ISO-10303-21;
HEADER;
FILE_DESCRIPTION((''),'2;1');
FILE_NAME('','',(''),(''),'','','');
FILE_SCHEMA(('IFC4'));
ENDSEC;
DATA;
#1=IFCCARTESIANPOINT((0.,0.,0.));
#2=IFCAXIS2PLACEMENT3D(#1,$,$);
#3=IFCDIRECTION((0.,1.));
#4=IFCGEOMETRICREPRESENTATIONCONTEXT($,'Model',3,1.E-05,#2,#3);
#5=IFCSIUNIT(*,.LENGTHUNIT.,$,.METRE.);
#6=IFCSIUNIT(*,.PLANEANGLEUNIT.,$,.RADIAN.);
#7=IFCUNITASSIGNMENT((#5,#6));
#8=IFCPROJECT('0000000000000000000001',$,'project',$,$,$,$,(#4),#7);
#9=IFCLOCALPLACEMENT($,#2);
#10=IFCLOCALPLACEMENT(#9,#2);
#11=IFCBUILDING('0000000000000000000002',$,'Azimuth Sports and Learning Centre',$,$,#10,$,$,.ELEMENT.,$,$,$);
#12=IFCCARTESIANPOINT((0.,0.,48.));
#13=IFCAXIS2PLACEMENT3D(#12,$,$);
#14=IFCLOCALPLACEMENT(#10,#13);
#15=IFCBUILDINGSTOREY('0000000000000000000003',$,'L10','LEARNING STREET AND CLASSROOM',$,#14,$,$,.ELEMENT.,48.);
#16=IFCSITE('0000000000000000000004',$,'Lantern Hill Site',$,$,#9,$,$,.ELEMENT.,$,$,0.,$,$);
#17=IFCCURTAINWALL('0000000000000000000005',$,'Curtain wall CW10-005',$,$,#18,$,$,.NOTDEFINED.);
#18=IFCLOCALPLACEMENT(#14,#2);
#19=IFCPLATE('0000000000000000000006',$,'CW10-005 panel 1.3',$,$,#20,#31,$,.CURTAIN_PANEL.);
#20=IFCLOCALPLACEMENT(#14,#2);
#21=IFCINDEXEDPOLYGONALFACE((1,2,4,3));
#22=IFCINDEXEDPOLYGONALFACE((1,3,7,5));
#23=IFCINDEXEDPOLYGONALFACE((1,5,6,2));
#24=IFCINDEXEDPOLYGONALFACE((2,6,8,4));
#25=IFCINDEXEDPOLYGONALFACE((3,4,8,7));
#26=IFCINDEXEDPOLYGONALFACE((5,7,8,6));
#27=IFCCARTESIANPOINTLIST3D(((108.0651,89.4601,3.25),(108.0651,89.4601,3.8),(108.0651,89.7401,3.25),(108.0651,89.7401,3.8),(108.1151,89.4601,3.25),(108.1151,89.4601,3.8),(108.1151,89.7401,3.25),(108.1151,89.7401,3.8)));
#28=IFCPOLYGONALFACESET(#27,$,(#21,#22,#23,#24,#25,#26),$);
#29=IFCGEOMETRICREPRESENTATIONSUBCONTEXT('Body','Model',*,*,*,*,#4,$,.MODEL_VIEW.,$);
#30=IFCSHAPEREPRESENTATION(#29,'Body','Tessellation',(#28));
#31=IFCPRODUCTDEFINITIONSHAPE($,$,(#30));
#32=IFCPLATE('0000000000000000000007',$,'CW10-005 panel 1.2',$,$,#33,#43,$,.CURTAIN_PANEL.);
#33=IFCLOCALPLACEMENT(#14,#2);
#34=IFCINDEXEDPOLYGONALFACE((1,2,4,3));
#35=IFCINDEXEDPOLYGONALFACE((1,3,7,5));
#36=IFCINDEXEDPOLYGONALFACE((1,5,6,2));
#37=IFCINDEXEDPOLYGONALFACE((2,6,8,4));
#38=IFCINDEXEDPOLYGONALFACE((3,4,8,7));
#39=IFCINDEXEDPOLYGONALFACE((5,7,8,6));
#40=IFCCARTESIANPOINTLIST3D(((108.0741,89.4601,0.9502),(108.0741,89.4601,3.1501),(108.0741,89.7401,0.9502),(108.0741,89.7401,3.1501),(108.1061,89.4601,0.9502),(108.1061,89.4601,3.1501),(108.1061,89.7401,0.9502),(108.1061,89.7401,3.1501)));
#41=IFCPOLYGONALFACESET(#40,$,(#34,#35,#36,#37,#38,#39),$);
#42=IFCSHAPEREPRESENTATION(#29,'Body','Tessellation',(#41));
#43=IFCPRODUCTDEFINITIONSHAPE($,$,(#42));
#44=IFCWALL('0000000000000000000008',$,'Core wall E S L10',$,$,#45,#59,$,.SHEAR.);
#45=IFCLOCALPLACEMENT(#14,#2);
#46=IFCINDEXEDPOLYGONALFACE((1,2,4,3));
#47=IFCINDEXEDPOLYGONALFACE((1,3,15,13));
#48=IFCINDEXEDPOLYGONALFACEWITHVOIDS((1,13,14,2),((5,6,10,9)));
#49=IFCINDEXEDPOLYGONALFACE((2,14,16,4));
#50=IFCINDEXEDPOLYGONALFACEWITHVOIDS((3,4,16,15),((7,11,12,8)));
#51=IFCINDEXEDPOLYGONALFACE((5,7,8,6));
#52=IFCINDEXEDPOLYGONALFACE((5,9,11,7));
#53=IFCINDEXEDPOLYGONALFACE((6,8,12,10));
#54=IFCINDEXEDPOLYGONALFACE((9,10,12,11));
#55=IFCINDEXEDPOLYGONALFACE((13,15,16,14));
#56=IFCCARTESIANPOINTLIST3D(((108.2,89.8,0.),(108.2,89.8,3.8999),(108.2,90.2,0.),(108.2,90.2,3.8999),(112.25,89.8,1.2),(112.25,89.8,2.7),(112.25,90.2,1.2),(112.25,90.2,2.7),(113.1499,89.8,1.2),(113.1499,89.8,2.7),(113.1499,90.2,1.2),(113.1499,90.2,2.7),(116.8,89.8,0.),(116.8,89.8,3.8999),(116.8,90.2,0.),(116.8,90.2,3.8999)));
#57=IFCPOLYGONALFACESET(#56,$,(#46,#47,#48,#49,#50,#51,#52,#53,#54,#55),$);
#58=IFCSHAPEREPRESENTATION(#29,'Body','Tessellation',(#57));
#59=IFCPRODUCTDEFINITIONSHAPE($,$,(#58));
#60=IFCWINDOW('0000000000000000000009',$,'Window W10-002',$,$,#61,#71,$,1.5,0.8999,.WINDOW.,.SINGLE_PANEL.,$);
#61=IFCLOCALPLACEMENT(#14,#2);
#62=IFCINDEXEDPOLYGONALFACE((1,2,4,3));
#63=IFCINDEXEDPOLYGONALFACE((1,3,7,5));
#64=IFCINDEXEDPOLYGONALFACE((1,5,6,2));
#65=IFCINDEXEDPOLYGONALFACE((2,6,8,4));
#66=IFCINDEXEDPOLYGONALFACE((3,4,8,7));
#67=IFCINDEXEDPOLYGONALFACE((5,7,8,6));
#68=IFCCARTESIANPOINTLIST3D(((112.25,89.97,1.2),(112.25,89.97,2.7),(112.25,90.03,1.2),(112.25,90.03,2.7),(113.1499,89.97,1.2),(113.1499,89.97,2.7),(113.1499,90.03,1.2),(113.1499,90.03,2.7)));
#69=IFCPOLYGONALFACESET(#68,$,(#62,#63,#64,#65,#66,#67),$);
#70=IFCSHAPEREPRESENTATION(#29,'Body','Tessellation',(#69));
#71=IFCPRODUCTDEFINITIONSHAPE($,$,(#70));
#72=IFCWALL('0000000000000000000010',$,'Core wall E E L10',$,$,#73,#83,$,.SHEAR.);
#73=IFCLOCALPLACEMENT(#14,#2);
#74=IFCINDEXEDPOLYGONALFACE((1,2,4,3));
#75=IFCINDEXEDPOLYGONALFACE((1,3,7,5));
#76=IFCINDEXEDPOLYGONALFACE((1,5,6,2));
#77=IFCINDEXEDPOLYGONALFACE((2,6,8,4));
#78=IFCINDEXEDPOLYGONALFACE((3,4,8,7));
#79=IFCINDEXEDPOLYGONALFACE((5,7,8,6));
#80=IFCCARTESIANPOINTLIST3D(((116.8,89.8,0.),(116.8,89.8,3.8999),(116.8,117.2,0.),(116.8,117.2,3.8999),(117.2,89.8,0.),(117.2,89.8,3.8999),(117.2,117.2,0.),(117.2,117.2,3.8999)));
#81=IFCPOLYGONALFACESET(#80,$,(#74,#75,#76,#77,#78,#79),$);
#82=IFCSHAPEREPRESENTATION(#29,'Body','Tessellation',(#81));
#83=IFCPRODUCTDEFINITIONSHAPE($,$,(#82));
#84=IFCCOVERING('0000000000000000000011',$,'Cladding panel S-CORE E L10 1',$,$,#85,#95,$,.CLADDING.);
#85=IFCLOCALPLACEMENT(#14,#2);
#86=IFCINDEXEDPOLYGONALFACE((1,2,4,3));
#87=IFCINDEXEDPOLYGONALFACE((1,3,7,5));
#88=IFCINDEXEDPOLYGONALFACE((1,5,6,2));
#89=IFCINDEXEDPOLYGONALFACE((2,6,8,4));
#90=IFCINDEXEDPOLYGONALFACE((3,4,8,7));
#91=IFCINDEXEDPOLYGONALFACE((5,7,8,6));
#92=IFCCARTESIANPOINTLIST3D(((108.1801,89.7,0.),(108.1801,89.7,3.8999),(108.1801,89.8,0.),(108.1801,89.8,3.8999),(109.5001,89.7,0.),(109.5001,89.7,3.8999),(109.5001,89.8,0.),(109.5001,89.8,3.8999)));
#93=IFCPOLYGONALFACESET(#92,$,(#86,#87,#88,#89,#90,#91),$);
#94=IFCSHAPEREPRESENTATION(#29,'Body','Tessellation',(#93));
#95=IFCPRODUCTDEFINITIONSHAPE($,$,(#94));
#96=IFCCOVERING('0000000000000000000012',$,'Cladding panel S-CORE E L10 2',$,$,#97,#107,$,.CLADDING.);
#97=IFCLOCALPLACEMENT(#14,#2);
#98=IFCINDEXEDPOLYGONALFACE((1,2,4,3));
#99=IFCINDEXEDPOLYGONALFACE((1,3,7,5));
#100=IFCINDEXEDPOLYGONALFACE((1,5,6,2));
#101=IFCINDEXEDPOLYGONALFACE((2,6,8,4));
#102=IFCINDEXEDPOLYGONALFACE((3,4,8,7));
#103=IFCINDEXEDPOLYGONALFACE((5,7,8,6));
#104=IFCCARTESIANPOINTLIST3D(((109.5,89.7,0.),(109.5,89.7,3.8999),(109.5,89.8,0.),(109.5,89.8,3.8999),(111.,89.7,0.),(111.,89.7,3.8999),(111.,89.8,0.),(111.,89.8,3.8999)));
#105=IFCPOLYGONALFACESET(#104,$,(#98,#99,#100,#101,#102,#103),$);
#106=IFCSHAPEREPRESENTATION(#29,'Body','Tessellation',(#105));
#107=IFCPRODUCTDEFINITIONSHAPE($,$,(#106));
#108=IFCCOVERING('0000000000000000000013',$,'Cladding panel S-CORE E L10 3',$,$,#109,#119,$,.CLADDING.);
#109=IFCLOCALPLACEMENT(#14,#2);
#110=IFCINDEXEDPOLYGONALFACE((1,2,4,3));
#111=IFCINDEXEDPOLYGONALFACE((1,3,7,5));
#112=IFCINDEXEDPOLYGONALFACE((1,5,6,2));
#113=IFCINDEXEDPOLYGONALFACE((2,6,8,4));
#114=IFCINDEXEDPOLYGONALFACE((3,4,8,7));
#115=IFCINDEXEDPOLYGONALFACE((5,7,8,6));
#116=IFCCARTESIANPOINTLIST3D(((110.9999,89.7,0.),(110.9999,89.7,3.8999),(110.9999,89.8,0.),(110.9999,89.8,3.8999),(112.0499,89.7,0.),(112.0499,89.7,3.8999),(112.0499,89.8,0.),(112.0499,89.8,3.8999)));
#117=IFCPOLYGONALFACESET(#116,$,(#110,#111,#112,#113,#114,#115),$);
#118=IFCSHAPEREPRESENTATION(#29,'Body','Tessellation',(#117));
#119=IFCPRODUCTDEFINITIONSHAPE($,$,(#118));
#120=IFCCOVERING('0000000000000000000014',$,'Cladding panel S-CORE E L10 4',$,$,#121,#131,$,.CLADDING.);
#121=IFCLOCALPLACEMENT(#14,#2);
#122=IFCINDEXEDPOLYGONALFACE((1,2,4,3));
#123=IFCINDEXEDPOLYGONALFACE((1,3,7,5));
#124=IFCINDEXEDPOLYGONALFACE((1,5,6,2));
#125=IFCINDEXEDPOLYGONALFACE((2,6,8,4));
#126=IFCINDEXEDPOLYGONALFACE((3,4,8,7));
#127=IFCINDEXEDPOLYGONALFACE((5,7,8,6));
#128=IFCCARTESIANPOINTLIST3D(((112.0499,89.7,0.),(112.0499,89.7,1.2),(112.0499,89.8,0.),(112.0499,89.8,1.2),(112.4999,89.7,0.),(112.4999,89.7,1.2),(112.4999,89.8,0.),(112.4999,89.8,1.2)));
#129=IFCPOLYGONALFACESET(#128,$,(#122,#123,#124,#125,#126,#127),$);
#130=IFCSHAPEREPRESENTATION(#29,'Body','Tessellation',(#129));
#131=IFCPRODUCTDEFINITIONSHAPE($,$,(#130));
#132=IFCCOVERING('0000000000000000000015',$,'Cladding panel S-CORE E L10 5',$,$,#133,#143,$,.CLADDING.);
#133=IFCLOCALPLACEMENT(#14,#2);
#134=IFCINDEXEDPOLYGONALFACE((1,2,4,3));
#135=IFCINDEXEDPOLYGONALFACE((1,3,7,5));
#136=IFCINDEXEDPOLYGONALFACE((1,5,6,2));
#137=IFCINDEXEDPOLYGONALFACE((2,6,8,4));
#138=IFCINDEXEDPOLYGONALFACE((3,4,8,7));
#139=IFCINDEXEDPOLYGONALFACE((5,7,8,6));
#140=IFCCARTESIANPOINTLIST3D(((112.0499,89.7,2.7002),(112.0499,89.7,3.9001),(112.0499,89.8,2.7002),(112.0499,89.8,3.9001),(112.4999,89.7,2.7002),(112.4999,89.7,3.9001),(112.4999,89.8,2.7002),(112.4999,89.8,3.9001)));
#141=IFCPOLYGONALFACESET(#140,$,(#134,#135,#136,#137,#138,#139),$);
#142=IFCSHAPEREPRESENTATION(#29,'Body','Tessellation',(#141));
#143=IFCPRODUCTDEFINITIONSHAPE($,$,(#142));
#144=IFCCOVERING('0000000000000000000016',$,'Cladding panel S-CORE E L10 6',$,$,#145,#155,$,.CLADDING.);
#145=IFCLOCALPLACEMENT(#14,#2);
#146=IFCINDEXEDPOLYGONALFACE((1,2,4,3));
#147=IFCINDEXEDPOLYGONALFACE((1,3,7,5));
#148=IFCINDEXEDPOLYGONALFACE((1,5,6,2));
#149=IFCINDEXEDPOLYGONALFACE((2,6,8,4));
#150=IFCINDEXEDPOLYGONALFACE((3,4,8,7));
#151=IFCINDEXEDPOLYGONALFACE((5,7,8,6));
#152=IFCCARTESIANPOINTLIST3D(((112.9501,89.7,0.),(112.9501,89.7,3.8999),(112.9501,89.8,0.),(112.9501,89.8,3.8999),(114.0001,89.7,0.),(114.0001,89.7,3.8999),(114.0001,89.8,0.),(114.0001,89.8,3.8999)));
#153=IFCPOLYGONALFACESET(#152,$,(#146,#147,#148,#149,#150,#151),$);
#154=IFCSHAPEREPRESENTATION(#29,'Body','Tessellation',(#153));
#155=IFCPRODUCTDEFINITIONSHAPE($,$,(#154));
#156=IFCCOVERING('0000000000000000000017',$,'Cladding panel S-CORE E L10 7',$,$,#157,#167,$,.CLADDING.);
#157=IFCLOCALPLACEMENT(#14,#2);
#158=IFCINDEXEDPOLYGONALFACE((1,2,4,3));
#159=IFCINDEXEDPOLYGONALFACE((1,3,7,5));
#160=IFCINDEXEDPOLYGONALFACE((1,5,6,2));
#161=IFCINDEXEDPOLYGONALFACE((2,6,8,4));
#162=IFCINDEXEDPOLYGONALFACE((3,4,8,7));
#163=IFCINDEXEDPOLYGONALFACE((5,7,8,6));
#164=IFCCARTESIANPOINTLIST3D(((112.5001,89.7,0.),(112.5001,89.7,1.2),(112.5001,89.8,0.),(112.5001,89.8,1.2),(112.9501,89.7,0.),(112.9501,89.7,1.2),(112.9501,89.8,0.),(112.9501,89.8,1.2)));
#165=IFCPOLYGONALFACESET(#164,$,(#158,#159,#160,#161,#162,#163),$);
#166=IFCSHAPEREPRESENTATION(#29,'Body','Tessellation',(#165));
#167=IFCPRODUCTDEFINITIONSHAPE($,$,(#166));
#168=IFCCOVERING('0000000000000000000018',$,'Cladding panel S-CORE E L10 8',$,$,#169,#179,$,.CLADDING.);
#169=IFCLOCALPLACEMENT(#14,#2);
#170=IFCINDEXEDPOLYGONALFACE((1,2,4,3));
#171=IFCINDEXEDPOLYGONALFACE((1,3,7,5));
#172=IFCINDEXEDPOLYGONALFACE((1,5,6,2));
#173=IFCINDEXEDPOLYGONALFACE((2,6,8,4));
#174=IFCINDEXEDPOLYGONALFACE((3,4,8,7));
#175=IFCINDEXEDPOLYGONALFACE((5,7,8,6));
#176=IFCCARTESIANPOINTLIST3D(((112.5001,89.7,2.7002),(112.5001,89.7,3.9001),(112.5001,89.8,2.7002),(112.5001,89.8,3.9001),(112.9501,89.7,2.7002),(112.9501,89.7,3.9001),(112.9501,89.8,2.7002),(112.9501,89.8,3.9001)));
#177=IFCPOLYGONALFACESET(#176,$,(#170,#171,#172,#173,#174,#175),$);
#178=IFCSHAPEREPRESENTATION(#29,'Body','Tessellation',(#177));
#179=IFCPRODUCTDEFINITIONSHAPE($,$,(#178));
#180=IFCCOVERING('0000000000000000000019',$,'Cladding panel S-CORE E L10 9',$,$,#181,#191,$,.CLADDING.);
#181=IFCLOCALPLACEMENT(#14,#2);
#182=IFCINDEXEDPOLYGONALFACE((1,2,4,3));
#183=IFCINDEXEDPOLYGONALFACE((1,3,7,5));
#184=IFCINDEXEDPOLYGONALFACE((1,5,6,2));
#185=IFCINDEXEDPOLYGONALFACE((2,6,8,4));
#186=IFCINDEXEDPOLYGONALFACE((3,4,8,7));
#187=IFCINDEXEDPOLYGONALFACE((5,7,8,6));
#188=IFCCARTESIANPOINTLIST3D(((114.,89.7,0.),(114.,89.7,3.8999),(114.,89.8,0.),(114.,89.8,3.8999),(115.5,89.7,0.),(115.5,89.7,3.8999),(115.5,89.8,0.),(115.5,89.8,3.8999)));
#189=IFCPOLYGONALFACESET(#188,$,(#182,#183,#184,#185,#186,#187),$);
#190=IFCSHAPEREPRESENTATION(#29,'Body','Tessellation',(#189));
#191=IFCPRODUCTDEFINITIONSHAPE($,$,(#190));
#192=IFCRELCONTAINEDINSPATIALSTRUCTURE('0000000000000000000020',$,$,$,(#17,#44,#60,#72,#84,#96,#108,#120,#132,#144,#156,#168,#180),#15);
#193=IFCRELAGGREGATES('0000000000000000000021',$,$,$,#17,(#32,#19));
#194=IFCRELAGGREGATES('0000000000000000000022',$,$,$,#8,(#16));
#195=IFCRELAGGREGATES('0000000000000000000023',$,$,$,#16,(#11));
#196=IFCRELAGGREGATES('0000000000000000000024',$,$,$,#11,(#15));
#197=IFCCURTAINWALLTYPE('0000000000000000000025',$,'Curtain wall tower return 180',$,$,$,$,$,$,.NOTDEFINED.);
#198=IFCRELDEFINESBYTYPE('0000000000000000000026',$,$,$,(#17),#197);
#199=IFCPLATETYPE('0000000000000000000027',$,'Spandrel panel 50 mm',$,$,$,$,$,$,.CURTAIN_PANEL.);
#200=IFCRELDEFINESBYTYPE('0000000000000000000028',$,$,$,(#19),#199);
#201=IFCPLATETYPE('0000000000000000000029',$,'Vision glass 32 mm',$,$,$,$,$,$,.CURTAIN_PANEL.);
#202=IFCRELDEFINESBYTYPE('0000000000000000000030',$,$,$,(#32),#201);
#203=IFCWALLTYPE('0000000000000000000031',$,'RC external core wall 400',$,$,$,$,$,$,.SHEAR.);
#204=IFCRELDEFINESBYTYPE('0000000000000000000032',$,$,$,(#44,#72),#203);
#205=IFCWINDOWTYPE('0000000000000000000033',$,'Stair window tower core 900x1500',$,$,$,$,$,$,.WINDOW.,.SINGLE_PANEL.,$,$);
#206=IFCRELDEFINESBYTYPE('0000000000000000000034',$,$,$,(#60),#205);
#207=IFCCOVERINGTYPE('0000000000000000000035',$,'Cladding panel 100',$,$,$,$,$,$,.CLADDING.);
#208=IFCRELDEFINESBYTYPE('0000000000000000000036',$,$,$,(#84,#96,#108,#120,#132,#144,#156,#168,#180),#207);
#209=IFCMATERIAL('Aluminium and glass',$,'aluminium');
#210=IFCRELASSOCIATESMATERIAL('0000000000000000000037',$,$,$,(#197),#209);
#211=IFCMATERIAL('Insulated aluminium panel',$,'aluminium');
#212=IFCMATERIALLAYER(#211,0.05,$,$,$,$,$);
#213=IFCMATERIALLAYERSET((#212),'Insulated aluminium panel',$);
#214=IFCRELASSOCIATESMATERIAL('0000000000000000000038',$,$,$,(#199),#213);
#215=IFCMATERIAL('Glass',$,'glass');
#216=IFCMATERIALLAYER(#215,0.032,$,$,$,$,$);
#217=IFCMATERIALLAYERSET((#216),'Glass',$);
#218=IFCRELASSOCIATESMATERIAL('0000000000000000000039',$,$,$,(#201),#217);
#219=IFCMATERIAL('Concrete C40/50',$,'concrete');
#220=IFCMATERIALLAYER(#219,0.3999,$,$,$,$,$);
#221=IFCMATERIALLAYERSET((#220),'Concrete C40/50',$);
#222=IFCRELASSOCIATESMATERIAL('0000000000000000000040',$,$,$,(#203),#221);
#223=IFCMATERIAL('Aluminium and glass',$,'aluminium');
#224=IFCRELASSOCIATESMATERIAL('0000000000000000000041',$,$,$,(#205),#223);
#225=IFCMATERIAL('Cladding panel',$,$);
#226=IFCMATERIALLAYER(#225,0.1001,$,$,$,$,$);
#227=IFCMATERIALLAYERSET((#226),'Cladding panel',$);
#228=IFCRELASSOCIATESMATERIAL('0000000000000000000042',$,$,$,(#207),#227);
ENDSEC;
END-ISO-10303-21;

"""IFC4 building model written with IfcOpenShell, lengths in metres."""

from ifc_helpers import new_model, si_unit, direction, frame, frame_2d, origin, origin_2d, place, context, subcontext, project, spatial, rectangle, extrude, material, layer, layer_set, type_object, element, fill, aggregate, save


model = new_model("IFC4")

# Units and contexts
model_context = context("Model", 3, precision=1e-05, world=origin(), true_north=direction((0.0, 1.0)))
body_context = subcontext(model_context, "Body", "Model", "MODEL_VIEW")
ifc_project = project(units=[si_unit("LENGTHUNIT", "METRE"), si_unit("PLANEANGLEUNIT", "RADIAN")], contexts=[model_context])

# Site, building, storey
site_placement = place(None, origin())
site = spatial("IfcSite", under=ifc_project, at=site_placement, Name="Lantern Hill Site", CompositionType="ELEMENT", RefElevation=0.0)
building_placement = place(site_placement, origin())
building = spatial("IfcBuilding", under=site, at=building_placement, Name="Azimuth Sports and Learning Centre", CompositionType="ELEMENT")
storey_placement = place(building_placement, frame((0.0, 0.0, 48.0)))
storey = spatial("IfcBuildingStorey", under=building, at=storey_placement, Name="L10", Description="LEARNING STREET AND CLASSROOM", CompositionType="ELEMENT", Elevation=48.0)

# Curtain wall, plates
ifc_material_1 = material(Name="Aluminium and glass", Category="aluminium")
curtain_wall_type = type_object("IfcCurtainWallType", Name="Curtain wall tower return 180", PredefinedType="NOTDEFINED", material=ifc_material_1)
curtain_wall_placement = place(storey_placement, origin())
curtain_wall = element("IfcCurtainWall", 1, at=curtain_wall_placement, inside=storey, type_object=curtain_wall_type, Name="Curtain wall CW10-005", PredefinedType="NOTDEFINED")
ifc_material_2 = material(Name="Insulated aluminium panel", Category="aluminium")
ifc_layer_1 = layer(ifc_material_2, 0.05)
ifc_layer_set_1 = layer_set([ifc_layer_1], Name="Insulated aluminium panel")
plate_type_1 = type_object("IfcPlateType", Name="Spandrel panel 50 mm", PredefinedType="CURTAIN_PANEL", material=ifc_layer_set_1)
plate_1_placement = place(storey_placement, frame((108.0901, 89.6001, 3.25), z_axis=(0.0, 0.0, 1.0), x_axis=(0.0, 1.0, 0.0)))
plate_1 = element("IfcPlate", 2, at=plate_1_placement, type_object=plate_type_1, Name="CW10-005 panel 1.3", PredefinedType="CURTAIN_PANEL", context=body_context, shape_type="SweptSolid", body=[
    extrude(rectangle(XDim=0.28, YDim=0.05, at=origin_2d()), origin(), (0.0, 0.0, 1.0), 0.55),
])
ifc_material_3 = material(Name="Glass", Category="glass")
ifc_layer_2 = layer(ifc_material_3, 0.032)
ifc_layer_set_2 = layer_set([ifc_layer_2], Name="Glass")
plate_type_2 = type_object("IfcPlateType", Name="Vision glass 32 mm", PredefinedType="CURTAIN_PANEL", material=ifc_layer_set_2)
plate_2_placement = place(storey_placement, frame((108.0901, 89.6001, 0.9502), z_axis=(0.0, 0.0, 1.0), x_axis=(0.0, 1.0, 0.0)))
plate_2 = element("IfcPlate", 3, at=plate_2_placement, type_object=plate_type_2, Name="CW10-005 panel 1.2", PredefinedType="CURTAIN_PANEL", context=body_context, shape_type="SweptSolid", body=[
    extrude(rectangle(XDim=0.28, YDim=0.032, at=origin_2d()), origin(), (0.0, 0.0, 1.0), 2.2),
])
aggregate(curtain_wall, [plate_2, plate_1])

# Wall, opening, window
ifc_material_4 = material(Name="Concrete C40/50", Category="concrete")
ifc_layer_3 = layer(ifc_material_4, 0.3999)
ifc_layer_set_3 = layer_set([ifc_layer_3], Name="Concrete C40/50")
wall_type = type_object("IfcWallType", Name="RC external core wall 400", PredefinedType="SHEAR", material=ifc_layer_set_3)
wall_1_placement = place(storey_placement, frame((108.2, 90.0, 0.0), z_axis=(0.0, 0.0, 1.0), x_axis=(1.0, 0.0, 0.0)))
wall_1 = element("IfcWall", 4, at=wall_1_placement, inside=storey, type_object=wall_type, Name="Core wall E S L10", PredefinedType="SHEAR", context=body_context, shape_type="SweptSolid", body=[
    extrude(rectangle(XDim=8.6001, YDim=0.3999, at=frame_2d((4.3, 0.0))), origin(), (0.0, 0.0, 1.0), 3.8999),
])
opening_placement = place(wall_1_placement, frame((4.05, 0.0, 1.2)))
opening = element("IfcOpeningElement", 5, at=opening_placement, cuts=wall_1, PredefinedType="OPENING", context=body_context, shape_type="SweptSolid", body=[
    extrude(rectangle(XDim=0.8999, YDim=1.5, at=frame_2d((0.45, 0.75))), frame((0.0, 0.2109, 0.0), z_axis=(0.0, -1.0, 0.0), x_axis=(1.0, 0.0, 0.0)), (0.0, 0.0, 1.0), 0.4219),
])
ifc_material_5 = material(Name="Aluminium and glass", Category="aluminium")
window_type = type_object("IfcWindowType", Name="Stair window tower core 900x1500", PartitioningType="SINGLE_PANEL", PredefinedType="WINDOW", material=ifc_material_5)
window_placement = place(opening_placement, origin())
window = element("IfcWindow", 6, at=window_placement, inside=storey, type_object=window_type, Name="Window W10-002", OverallHeight=1.5, OverallWidth=0.8999, PartitioningType="SINGLE_PANEL", PredefinedType="WINDOW", context=body_context, shape_type="SweptSolid", body=[
    extrude(rectangle(XDim=0.8999, YDim=1.5, at=frame_2d((0.45, 0.75))), frame((0.0, 0.03, 0.0), z_axis=(0.0, -1.0, 0.0), x_axis=(1.0, 0.0, 0.0)), (0.0, 0.0, 1.0), 0.0601),
])
fill(opening, window)

# Wall
wall_2_placement = place(storey_placement, frame((117.0, 89.8, 0.0), z_axis=(0.0, 0.0, 1.0), x_axis=(0.0, 1.0, 0.0)))
element("IfcWall", 7, at=wall_2_placement, inside=storey, type_object=wall_type, Name="Core wall E E L10", PredefinedType="SHEAR", context=body_context, shape_type="SweptSolid", body=[
    extrude(rectangle(XDim=27.3999, YDim=0.3999, at=frame_2d((13.7, 0.0))), origin(), (0.0, 0.0, 1.0), 3.8999),
])

# Coverings
ifc_material_6 = material(Name="Cladding panel")
ifc_layer_4 = layer(ifc_material_6, 0.1001)
ifc_layer_set_4 = layer_set([ifc_layer_4], Name="Cladding panel")
covering_type = type_object("IfcCoveringType", Name="Cladding panel 100", PredefinedType="CLADDING", material=ifc_layer_set_4)
covering_1_placement = place(storey_placement, frame((108.8401, 89.75, 0.0), z_axis=(0.0, 0.0, 1.0), x_axis=(1.0, 0.0, 0.0)))
element("IfcCovering", 8, at=covering_1_placement, inside=storey, type_object=covering_type, Name="Cladding panel S-CORE E L10 1", PredefinedType="CLADDING", context=body_context, shape_type="SweptSolid", body=[
    extrude(rectangle(XDim=1.3201, YDim=0.1001, at=origin_2d()), origin(), (0.0, 0.0, 1.0), 3.8999),
])
covering_2_placement = place(storey_placement, frame((110.25, 89.75, 0.0), z_axis=(0.0, 0.0, 1.0), x_axis=(1.0, 0.0, 0.0)))
element("IfcCovering", 9, at=covering_2_placement, inside=storey, type_object=covering_type, Name="Cladding panel S-CORE E L10 2", PredefinedType="CLADDING", context=body_context, shape_type="SweptSolid", body=[
    extrude(rectangle(XDim=1.5, YDim=0.1001, at=origin_2d()), origin(), (0.0, 0.0, 1.0), 3.8999),
])
covering_3_placement = place(storey_placement, frame((111.5249, 89.75, 0.0), z_axis=(0.0, 0.0, 1.0), x_axis=(1.0, 0.0, 0.0)))
element("IfcCovering", 10, at=covering_3_placement, inside=storey, type_object=covering_type, Name="Cladding panel S-CORE E L10 3", PredefinedType="CLADDING", context=body_context, shape_type="SweptSolid", body=[
    extrude(rectangle(XDim=1.05, YDim=0.1001, at=origin_2d()), origin(), (0.0, 0.0, 1.0), 3.8999),
])
for number, where, z_axis, x_axis, name in (
    (11, (112.2749, 89.75, 0.0), (0.0, 0.0, 1.0), (1.0, 0.0, 0.0), "Cladding panel S-CORE E L10 4"),
    (12, (112.2749, 89.75, 2.7002), (0.0, 0.0, 1.0), (1.0, 0.0, 0.0), "Cladding panel S-CORE E L10 5"),
):
    element("IfcCovering", number, at=place(storey_placement, frame(where, z_axis=z_axis, x_axis=x_axis)), inside=storey, type_object=covering_type, Name=name, PredefinedType="CLADDING", context=body_context, shape_type="SweptSolid", body=[
        extrude(rectangle(XDim=0.45, YDim=0.1001, at=origin_2d()), origin(), (0.0, 0.0, 1.0), 1.2),
    ])
covering_4_placement = place(storey_placement, frame((113.4751, 89.75, 0.0), z_axis=(0.0, 0.0, 1.0), x_axis=(1.0, 0.0, 0.0)))
element("IfcCovering", 13, at=covering_4_placement, inside=storey, type_object=covering_type, Name="Cladding panel S-CORE E L10 6", PredefinedType="CLADDING", context=body_context, shape_type="SweptSolid", body=[
    extrude(rectangle(XDim=1.05, YDim=0.1001, at=origin_2d()), origin(), (0.0, 0.0, 1.0), 3.8999),
])
for number, where, z_axis, x_axis, name in (
    (14, (112.7251, 89.75, 0.0), (0.0, 0.0, 1.0), (1.0, 0.0, 0.0), "Cladding panel S-CORE E L10 7"),
    (15, (112.7251, 89.75, 2.7002), (0.0, 0.0, 1.0), (1.0, 0.0, 0.0), "Cladding panel S-CORE E L10 8"),
):
    element("IfcCovering", number, at=place(storey_placement, frame(where, z_axis=z_axis, x_axis=x_axis)), inside=storey, type_object=covering_type, Name=name, PredefinedType="CLADDING", context=body_context, shape_type="SweptSolid", body=[
        extrude(rectangle(XDim=0.45, YDim=0.1001, at=origin_2d()), origin(), (0.0, 0.0, 1.0), 1.2),
    ])
covering_5_placement = place(storey_placement, frame((114.75, 89.75, 0.0), z_axis=(0.0, 0.0, 1.0), x_axis=(1.0, 0.0, 0.0)))
element("IfcCovering", 16, at=covering_5_placement, inside=storey, type_object=covering_type, Name="Cladding panel S-CORE E L10 9", PredefinedType="CLADDING", context=body_context, shape_type="SweptSolid", body=[
    extrude(rectangle(XDim=1.5, YDim=0.1001, at=origin_2d()), origin(), (0.0, 0.0, 1.0), 3.8999),
])

save(model, "model.ifc")
